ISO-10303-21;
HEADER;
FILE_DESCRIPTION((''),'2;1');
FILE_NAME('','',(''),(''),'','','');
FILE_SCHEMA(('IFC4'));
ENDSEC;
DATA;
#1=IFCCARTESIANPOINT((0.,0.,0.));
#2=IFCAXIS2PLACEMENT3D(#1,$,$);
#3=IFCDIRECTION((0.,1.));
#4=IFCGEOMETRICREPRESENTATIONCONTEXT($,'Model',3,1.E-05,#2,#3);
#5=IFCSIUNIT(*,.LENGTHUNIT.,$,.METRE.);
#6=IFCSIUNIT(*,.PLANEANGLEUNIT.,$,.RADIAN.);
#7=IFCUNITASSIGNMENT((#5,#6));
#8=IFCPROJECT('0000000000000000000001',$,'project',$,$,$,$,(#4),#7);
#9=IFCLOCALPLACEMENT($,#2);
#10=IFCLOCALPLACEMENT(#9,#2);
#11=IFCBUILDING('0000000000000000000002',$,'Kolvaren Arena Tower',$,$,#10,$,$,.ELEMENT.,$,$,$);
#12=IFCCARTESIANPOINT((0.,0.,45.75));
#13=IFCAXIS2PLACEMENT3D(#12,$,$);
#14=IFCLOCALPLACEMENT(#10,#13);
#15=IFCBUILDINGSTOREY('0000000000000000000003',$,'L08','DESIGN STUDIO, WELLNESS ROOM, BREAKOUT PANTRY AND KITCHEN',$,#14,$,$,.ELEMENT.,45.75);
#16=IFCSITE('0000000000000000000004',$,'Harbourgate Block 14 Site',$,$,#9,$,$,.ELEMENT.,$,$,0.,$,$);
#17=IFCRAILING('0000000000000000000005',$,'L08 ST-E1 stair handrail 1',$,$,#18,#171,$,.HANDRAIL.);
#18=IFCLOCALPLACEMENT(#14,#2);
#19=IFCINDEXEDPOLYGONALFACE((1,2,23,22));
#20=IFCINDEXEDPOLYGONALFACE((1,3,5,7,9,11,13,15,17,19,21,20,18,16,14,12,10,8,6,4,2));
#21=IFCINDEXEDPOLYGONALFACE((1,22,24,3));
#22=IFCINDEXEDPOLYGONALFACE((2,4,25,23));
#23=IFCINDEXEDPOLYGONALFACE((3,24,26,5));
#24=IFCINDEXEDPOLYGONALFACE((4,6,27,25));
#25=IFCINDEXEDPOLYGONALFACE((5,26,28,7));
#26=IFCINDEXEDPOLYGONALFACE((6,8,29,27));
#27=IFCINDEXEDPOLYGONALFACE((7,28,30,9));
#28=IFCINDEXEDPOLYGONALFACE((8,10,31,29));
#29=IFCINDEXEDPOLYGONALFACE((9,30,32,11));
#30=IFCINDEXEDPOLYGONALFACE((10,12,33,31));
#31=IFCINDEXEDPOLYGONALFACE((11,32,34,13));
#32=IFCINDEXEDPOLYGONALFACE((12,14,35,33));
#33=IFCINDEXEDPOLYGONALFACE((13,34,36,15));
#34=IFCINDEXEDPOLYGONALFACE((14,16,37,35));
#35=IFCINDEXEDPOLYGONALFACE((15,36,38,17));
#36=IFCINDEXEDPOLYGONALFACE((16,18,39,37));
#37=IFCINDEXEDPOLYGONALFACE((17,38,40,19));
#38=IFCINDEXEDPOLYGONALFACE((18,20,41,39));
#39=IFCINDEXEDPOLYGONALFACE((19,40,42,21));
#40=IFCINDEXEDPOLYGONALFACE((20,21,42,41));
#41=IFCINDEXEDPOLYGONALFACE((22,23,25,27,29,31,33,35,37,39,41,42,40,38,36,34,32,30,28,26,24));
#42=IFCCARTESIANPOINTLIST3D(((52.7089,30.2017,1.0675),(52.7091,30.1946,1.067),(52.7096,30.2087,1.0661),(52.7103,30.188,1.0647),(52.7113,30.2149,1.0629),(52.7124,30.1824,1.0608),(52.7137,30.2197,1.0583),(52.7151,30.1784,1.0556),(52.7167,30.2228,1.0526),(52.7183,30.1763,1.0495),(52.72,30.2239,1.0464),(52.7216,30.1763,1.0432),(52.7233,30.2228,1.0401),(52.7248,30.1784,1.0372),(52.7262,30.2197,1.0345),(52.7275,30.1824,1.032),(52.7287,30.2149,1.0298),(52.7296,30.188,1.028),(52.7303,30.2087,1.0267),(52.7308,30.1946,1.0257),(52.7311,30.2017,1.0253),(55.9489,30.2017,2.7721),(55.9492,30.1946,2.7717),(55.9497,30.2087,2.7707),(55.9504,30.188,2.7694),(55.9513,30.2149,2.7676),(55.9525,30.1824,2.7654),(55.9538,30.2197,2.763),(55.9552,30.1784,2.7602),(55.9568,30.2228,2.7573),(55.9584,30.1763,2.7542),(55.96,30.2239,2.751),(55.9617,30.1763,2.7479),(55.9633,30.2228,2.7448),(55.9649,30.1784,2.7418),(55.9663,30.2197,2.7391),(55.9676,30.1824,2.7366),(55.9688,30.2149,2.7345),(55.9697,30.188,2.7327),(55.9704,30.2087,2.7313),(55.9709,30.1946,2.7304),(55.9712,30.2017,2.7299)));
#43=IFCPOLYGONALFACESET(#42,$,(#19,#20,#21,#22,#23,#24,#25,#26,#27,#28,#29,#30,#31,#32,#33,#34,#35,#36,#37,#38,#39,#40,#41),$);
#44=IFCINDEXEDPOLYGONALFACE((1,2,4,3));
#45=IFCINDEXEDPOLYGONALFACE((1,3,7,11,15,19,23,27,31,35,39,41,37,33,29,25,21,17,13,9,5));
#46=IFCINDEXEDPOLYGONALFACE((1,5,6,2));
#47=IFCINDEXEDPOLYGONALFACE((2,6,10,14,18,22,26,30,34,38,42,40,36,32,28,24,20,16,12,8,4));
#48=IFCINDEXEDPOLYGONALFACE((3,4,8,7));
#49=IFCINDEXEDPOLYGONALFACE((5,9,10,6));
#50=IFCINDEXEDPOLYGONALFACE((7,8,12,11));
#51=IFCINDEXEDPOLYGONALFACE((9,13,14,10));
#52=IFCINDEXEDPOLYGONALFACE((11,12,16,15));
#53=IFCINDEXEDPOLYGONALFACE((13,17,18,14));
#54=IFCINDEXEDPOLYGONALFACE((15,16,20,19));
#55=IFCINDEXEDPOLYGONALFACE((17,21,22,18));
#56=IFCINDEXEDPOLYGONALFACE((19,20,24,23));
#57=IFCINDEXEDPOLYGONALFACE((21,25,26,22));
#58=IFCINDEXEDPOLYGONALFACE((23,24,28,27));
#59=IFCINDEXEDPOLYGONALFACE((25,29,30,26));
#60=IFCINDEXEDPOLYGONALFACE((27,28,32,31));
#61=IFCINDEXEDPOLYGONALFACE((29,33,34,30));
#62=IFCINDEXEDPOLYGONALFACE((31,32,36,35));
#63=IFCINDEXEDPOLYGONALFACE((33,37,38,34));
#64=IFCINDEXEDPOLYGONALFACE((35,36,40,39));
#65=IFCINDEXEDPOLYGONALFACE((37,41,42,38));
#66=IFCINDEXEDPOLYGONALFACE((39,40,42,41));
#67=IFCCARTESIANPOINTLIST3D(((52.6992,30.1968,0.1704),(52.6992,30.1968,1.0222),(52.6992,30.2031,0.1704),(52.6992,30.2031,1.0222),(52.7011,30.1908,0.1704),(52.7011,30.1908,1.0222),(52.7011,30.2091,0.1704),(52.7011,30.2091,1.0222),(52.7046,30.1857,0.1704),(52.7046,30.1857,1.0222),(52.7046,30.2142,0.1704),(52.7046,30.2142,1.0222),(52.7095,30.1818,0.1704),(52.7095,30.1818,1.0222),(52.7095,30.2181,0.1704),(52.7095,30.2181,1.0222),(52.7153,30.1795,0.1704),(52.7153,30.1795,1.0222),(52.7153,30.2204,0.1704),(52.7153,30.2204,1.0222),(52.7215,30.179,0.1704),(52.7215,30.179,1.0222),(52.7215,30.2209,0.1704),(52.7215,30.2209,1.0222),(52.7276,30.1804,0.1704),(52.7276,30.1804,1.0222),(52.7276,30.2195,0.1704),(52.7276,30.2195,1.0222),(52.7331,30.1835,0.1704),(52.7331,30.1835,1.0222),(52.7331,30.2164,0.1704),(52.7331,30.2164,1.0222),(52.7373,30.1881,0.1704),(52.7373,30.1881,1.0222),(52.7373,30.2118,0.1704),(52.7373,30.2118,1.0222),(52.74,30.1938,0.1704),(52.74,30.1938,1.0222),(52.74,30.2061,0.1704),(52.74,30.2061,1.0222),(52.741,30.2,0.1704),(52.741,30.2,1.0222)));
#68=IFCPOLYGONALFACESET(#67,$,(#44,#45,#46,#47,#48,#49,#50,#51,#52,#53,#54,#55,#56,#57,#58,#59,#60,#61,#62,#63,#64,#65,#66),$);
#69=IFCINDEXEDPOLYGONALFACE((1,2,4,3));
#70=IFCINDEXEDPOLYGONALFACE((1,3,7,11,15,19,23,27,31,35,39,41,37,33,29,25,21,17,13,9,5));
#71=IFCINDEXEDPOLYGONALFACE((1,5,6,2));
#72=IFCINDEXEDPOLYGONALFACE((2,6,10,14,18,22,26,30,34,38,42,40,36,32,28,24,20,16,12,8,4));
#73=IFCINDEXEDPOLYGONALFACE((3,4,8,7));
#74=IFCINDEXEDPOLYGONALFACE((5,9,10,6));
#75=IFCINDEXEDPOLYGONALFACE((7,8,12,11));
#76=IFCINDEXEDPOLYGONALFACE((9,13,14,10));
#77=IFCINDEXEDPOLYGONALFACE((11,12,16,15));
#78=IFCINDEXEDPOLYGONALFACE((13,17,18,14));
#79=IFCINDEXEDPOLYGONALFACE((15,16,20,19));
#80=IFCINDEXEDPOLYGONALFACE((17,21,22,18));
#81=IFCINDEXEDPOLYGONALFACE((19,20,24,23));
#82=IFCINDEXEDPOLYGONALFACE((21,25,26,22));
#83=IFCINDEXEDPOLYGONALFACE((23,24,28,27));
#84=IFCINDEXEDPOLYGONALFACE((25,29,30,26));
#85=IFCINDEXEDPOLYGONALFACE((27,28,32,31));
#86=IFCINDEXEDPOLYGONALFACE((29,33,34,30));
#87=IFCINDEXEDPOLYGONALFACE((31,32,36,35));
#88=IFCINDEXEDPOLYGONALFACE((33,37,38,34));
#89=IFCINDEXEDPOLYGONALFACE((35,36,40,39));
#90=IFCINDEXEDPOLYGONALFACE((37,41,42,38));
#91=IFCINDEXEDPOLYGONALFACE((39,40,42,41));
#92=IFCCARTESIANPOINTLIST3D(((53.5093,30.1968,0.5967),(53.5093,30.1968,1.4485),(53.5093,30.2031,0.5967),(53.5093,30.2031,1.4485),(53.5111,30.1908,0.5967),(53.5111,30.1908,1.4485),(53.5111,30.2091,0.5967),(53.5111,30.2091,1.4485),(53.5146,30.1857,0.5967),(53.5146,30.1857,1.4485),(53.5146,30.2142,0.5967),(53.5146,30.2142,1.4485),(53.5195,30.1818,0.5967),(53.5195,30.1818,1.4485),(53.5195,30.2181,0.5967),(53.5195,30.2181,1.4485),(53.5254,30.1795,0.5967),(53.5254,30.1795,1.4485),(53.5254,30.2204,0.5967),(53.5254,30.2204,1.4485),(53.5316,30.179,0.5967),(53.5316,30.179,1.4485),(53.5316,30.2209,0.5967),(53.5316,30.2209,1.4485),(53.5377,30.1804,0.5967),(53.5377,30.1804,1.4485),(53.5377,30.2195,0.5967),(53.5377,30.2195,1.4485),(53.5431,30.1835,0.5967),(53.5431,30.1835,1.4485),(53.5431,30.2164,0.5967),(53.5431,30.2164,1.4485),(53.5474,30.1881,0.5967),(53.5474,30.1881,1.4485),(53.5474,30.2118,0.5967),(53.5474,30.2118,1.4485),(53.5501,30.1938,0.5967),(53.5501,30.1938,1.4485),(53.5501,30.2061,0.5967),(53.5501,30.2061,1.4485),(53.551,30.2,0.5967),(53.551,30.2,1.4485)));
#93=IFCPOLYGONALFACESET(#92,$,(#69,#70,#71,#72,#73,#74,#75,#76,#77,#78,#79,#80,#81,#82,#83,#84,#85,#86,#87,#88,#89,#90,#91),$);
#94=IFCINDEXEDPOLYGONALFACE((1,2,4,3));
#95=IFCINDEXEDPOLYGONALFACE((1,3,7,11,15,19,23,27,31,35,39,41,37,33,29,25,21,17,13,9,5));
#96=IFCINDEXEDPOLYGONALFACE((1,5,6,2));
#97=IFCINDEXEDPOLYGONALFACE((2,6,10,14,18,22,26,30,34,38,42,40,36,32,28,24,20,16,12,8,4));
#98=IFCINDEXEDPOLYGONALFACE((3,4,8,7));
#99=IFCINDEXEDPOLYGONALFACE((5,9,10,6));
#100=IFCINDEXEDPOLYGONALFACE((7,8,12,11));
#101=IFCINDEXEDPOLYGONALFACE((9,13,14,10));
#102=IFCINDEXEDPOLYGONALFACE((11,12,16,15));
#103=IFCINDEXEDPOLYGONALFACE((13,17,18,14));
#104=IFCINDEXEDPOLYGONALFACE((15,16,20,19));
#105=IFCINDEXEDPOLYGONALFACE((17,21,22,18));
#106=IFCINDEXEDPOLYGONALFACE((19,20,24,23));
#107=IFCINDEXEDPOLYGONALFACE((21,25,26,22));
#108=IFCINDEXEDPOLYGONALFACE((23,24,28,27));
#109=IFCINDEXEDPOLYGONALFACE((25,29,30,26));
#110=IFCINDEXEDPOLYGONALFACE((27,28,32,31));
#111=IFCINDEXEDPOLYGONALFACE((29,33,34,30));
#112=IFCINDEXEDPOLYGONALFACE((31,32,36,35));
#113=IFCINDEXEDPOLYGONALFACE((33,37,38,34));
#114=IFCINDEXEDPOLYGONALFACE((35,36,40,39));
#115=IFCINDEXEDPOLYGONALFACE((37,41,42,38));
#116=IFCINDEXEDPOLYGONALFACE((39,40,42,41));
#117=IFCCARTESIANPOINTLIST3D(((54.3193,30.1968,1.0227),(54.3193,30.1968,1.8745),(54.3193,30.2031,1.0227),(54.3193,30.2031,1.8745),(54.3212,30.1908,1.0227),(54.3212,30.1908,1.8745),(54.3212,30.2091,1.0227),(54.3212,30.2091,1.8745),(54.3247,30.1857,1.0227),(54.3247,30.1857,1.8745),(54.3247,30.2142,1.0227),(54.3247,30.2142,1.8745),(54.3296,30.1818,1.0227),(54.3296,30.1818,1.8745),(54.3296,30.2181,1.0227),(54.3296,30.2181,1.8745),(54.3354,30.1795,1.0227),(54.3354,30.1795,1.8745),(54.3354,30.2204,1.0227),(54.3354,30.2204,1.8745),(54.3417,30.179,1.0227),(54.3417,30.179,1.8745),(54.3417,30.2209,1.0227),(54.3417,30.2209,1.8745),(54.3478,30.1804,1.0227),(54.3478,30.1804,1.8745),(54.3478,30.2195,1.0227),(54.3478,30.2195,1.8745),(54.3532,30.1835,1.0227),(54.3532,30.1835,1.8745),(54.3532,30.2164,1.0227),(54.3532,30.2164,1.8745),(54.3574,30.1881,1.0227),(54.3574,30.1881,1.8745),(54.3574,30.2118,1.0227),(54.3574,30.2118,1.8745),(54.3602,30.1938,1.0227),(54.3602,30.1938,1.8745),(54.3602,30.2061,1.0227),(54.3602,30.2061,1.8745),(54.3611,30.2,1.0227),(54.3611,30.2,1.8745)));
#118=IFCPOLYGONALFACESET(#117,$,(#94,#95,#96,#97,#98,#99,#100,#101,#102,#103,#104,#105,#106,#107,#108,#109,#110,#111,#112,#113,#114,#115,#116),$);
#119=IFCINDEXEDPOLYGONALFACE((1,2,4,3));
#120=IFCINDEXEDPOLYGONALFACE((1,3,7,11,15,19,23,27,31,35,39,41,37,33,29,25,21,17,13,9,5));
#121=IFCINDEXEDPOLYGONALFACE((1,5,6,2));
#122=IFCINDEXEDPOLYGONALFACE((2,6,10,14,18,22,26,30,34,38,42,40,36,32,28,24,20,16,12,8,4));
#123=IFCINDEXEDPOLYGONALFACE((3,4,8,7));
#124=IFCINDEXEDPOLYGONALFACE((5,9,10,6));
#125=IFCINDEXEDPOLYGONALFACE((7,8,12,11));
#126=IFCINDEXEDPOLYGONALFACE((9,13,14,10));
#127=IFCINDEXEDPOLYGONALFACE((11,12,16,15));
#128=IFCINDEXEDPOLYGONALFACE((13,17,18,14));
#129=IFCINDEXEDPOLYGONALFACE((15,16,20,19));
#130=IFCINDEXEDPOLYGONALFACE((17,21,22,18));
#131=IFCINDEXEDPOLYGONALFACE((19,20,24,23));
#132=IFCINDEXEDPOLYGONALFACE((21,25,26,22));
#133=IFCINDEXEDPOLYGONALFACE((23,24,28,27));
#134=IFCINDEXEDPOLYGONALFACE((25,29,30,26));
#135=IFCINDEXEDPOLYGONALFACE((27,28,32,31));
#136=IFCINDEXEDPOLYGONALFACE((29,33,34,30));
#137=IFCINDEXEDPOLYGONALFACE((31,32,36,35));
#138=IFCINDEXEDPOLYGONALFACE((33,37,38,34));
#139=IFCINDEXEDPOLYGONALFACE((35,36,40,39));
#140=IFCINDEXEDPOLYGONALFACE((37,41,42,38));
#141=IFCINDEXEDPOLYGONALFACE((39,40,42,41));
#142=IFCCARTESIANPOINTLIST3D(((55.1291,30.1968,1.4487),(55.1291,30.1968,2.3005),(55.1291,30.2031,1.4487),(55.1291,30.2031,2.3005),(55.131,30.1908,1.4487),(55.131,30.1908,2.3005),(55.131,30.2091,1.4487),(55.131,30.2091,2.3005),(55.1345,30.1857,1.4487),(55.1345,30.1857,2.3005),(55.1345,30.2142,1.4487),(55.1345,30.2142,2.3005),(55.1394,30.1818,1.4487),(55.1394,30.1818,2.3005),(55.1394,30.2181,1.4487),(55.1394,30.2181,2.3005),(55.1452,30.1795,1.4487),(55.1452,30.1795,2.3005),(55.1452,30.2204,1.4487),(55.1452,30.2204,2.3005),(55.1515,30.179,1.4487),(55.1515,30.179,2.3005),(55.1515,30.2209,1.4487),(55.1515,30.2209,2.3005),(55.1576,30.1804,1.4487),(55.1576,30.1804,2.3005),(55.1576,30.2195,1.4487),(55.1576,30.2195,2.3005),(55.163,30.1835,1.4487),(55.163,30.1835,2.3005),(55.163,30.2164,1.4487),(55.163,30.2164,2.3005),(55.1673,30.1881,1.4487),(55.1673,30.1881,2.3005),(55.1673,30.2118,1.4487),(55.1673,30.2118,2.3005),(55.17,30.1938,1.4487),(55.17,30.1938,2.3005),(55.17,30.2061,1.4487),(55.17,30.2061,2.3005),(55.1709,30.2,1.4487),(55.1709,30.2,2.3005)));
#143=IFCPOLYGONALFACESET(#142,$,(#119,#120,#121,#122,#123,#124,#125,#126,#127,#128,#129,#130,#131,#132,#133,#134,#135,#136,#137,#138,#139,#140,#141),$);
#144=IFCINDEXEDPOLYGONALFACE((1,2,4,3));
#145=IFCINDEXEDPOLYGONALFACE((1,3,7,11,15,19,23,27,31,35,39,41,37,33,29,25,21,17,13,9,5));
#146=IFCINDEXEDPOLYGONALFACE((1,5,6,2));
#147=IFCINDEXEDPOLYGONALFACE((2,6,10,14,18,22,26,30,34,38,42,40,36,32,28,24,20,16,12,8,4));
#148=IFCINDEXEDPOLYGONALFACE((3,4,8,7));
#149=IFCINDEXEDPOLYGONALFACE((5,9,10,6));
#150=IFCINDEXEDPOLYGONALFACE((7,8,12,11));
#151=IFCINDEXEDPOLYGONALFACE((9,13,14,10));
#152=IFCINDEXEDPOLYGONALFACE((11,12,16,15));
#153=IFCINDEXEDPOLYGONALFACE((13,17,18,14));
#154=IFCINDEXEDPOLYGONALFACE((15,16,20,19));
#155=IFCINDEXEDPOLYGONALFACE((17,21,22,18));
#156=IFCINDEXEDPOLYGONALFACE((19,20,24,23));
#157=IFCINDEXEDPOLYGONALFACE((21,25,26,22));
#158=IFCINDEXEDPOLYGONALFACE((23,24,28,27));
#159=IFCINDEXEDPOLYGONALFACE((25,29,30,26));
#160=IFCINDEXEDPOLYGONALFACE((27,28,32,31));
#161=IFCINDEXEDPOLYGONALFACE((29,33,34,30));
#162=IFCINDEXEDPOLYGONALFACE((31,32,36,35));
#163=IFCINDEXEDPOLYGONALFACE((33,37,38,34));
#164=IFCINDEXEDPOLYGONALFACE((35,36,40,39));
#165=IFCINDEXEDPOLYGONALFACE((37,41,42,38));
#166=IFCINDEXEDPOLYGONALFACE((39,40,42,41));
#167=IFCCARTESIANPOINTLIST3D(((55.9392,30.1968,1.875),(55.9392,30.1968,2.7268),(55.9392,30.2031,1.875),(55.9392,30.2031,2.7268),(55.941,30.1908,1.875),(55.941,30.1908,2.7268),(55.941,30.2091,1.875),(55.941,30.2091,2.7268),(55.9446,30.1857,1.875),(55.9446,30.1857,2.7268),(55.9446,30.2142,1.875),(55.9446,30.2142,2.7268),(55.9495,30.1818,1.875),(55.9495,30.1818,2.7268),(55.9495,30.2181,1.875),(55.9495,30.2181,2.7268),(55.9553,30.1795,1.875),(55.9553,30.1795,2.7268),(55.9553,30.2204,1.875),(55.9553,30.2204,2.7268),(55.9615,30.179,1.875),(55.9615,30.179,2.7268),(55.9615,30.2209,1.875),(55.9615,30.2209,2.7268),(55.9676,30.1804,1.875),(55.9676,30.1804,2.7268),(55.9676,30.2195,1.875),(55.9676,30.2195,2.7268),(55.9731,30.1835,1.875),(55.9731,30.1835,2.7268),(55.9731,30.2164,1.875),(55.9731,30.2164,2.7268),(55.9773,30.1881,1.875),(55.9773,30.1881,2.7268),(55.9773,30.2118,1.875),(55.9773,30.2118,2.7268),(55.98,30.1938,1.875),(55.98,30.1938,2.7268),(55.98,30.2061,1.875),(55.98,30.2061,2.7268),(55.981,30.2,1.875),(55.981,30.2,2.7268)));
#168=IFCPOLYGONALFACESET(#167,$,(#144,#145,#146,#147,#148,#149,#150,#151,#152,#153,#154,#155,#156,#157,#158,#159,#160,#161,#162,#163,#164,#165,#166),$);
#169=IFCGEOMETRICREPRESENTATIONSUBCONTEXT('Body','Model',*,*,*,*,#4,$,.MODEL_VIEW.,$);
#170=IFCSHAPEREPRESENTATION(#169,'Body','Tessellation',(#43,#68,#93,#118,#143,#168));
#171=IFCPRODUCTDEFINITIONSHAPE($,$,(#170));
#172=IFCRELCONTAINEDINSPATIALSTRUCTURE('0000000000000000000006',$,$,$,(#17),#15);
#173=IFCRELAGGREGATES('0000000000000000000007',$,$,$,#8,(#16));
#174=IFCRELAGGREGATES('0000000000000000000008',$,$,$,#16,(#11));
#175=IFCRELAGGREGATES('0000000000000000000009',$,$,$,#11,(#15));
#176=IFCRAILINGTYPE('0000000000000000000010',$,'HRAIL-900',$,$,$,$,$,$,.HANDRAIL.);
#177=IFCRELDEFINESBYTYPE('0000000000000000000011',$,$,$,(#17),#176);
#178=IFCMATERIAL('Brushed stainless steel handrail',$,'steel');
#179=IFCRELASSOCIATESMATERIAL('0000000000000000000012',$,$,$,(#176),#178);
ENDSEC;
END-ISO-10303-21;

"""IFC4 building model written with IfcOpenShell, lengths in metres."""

from ifc_helpers import new_model, si_unit, direction, frame, origin, origin_2d, place, context, subcontext, project, spatial, circle, extrude, material, type_object, element, save


model = new_model("IFC4")

# Units and contexts
model_context = context("Model", 3, precision=1e-05, world=origin(), true_north=direction((0.0, 1.0)))
body_context = subcontext(model_context, "Body", "Model", "MODEL_VIEW")
ifc_project = project(units=[si_unit("LENGTHUNIT", "METRE"), si_unit("PLANEANGLEUNIT", "RADIAN")], contexts=[model_context])

# Site, building, storey
site_placement = place(None, origin())
site = spatial("IfcSite", under=ifc_project, at=site_placement, Name="Harbourgate Block 14 Site", CompositionType="ELEMENT", RefElevation=0.0)
building_placement = place(site_placement, origin())
building = spatial("IfcBuilding", under=site, at=building_placement, Name="Kolvaren Arena Tower", CompositionType="ELEMENT")
storey_placement = place(building_placement, frame((0.0, 0.0, 45.75)))
storey = spatial("IfcBuildingStorey", under=building, at=storey_placement, Name="L08", Description="DESIGN STUDIO, WELLNESS ROOM, BREAKOUT PANTRY AND KITCHEN", CompositionType="ELEMENT", Elevation=45.75)

# Railing
ifc_material_1 = material(Name="Brushed stainless steel handrail", Category="steel")
railing_type_1 = type_object("IfcRailingType", Name="HRAIL-900", PredefinedType="HANDRAIL", material=ifc_material_1)
for number, where, name in (
    (1, (52.72, 30.2, 0.1704), "L08 ST-E1 stair handrail 1"),
):
    element("IfcRailing", number, at=place(storey_placement, frame(where)), inside=storey, type_object=railing_type_1, Name=name, PredefinedType="HANDRAIL", context=body_context, shape_type="SweptSolid", body=[
        extrude(circle(Radius=0.0239, at=origin_2d()), frame((0.0, 0.0, 0.876), z_axis=(0.884993, 0.0, 0.465604), x_axis=(0.0, 1.0, 0.0)), (0.0, 0.0, 1.0), 3.6611),
        extrude(circle(Radius=0.021, at=origin_2d()), origin(), (0.0, 0.0, 1.0), 0.8518),
        extrude(circle(Radius=0.021, at=origin_2d()), frame((0.8101, 0.0, 0.4263)), (0.0, 0.0, 1.0), 0.8518),
        extrude(circle(Radius=0.021, at=origin_2d()), frame((1.6201, 0.0, 0.8523)), (0.0, 0.0, 1.0), 0.8518),
        extrude(circle(Radius=0.021, at=origin_2d()), frame((2.4299, 0.0, 1.2783)), (0.0, 0.0, 1.0), 0.8518),
        extrude(circle(Radius=0.021, at=origin_2d()), frame((3.24, 0.0, 1.7046)), (0.0, 0.0, 1.0), 0.8518),
    ])

save(model, "model.ifc")
